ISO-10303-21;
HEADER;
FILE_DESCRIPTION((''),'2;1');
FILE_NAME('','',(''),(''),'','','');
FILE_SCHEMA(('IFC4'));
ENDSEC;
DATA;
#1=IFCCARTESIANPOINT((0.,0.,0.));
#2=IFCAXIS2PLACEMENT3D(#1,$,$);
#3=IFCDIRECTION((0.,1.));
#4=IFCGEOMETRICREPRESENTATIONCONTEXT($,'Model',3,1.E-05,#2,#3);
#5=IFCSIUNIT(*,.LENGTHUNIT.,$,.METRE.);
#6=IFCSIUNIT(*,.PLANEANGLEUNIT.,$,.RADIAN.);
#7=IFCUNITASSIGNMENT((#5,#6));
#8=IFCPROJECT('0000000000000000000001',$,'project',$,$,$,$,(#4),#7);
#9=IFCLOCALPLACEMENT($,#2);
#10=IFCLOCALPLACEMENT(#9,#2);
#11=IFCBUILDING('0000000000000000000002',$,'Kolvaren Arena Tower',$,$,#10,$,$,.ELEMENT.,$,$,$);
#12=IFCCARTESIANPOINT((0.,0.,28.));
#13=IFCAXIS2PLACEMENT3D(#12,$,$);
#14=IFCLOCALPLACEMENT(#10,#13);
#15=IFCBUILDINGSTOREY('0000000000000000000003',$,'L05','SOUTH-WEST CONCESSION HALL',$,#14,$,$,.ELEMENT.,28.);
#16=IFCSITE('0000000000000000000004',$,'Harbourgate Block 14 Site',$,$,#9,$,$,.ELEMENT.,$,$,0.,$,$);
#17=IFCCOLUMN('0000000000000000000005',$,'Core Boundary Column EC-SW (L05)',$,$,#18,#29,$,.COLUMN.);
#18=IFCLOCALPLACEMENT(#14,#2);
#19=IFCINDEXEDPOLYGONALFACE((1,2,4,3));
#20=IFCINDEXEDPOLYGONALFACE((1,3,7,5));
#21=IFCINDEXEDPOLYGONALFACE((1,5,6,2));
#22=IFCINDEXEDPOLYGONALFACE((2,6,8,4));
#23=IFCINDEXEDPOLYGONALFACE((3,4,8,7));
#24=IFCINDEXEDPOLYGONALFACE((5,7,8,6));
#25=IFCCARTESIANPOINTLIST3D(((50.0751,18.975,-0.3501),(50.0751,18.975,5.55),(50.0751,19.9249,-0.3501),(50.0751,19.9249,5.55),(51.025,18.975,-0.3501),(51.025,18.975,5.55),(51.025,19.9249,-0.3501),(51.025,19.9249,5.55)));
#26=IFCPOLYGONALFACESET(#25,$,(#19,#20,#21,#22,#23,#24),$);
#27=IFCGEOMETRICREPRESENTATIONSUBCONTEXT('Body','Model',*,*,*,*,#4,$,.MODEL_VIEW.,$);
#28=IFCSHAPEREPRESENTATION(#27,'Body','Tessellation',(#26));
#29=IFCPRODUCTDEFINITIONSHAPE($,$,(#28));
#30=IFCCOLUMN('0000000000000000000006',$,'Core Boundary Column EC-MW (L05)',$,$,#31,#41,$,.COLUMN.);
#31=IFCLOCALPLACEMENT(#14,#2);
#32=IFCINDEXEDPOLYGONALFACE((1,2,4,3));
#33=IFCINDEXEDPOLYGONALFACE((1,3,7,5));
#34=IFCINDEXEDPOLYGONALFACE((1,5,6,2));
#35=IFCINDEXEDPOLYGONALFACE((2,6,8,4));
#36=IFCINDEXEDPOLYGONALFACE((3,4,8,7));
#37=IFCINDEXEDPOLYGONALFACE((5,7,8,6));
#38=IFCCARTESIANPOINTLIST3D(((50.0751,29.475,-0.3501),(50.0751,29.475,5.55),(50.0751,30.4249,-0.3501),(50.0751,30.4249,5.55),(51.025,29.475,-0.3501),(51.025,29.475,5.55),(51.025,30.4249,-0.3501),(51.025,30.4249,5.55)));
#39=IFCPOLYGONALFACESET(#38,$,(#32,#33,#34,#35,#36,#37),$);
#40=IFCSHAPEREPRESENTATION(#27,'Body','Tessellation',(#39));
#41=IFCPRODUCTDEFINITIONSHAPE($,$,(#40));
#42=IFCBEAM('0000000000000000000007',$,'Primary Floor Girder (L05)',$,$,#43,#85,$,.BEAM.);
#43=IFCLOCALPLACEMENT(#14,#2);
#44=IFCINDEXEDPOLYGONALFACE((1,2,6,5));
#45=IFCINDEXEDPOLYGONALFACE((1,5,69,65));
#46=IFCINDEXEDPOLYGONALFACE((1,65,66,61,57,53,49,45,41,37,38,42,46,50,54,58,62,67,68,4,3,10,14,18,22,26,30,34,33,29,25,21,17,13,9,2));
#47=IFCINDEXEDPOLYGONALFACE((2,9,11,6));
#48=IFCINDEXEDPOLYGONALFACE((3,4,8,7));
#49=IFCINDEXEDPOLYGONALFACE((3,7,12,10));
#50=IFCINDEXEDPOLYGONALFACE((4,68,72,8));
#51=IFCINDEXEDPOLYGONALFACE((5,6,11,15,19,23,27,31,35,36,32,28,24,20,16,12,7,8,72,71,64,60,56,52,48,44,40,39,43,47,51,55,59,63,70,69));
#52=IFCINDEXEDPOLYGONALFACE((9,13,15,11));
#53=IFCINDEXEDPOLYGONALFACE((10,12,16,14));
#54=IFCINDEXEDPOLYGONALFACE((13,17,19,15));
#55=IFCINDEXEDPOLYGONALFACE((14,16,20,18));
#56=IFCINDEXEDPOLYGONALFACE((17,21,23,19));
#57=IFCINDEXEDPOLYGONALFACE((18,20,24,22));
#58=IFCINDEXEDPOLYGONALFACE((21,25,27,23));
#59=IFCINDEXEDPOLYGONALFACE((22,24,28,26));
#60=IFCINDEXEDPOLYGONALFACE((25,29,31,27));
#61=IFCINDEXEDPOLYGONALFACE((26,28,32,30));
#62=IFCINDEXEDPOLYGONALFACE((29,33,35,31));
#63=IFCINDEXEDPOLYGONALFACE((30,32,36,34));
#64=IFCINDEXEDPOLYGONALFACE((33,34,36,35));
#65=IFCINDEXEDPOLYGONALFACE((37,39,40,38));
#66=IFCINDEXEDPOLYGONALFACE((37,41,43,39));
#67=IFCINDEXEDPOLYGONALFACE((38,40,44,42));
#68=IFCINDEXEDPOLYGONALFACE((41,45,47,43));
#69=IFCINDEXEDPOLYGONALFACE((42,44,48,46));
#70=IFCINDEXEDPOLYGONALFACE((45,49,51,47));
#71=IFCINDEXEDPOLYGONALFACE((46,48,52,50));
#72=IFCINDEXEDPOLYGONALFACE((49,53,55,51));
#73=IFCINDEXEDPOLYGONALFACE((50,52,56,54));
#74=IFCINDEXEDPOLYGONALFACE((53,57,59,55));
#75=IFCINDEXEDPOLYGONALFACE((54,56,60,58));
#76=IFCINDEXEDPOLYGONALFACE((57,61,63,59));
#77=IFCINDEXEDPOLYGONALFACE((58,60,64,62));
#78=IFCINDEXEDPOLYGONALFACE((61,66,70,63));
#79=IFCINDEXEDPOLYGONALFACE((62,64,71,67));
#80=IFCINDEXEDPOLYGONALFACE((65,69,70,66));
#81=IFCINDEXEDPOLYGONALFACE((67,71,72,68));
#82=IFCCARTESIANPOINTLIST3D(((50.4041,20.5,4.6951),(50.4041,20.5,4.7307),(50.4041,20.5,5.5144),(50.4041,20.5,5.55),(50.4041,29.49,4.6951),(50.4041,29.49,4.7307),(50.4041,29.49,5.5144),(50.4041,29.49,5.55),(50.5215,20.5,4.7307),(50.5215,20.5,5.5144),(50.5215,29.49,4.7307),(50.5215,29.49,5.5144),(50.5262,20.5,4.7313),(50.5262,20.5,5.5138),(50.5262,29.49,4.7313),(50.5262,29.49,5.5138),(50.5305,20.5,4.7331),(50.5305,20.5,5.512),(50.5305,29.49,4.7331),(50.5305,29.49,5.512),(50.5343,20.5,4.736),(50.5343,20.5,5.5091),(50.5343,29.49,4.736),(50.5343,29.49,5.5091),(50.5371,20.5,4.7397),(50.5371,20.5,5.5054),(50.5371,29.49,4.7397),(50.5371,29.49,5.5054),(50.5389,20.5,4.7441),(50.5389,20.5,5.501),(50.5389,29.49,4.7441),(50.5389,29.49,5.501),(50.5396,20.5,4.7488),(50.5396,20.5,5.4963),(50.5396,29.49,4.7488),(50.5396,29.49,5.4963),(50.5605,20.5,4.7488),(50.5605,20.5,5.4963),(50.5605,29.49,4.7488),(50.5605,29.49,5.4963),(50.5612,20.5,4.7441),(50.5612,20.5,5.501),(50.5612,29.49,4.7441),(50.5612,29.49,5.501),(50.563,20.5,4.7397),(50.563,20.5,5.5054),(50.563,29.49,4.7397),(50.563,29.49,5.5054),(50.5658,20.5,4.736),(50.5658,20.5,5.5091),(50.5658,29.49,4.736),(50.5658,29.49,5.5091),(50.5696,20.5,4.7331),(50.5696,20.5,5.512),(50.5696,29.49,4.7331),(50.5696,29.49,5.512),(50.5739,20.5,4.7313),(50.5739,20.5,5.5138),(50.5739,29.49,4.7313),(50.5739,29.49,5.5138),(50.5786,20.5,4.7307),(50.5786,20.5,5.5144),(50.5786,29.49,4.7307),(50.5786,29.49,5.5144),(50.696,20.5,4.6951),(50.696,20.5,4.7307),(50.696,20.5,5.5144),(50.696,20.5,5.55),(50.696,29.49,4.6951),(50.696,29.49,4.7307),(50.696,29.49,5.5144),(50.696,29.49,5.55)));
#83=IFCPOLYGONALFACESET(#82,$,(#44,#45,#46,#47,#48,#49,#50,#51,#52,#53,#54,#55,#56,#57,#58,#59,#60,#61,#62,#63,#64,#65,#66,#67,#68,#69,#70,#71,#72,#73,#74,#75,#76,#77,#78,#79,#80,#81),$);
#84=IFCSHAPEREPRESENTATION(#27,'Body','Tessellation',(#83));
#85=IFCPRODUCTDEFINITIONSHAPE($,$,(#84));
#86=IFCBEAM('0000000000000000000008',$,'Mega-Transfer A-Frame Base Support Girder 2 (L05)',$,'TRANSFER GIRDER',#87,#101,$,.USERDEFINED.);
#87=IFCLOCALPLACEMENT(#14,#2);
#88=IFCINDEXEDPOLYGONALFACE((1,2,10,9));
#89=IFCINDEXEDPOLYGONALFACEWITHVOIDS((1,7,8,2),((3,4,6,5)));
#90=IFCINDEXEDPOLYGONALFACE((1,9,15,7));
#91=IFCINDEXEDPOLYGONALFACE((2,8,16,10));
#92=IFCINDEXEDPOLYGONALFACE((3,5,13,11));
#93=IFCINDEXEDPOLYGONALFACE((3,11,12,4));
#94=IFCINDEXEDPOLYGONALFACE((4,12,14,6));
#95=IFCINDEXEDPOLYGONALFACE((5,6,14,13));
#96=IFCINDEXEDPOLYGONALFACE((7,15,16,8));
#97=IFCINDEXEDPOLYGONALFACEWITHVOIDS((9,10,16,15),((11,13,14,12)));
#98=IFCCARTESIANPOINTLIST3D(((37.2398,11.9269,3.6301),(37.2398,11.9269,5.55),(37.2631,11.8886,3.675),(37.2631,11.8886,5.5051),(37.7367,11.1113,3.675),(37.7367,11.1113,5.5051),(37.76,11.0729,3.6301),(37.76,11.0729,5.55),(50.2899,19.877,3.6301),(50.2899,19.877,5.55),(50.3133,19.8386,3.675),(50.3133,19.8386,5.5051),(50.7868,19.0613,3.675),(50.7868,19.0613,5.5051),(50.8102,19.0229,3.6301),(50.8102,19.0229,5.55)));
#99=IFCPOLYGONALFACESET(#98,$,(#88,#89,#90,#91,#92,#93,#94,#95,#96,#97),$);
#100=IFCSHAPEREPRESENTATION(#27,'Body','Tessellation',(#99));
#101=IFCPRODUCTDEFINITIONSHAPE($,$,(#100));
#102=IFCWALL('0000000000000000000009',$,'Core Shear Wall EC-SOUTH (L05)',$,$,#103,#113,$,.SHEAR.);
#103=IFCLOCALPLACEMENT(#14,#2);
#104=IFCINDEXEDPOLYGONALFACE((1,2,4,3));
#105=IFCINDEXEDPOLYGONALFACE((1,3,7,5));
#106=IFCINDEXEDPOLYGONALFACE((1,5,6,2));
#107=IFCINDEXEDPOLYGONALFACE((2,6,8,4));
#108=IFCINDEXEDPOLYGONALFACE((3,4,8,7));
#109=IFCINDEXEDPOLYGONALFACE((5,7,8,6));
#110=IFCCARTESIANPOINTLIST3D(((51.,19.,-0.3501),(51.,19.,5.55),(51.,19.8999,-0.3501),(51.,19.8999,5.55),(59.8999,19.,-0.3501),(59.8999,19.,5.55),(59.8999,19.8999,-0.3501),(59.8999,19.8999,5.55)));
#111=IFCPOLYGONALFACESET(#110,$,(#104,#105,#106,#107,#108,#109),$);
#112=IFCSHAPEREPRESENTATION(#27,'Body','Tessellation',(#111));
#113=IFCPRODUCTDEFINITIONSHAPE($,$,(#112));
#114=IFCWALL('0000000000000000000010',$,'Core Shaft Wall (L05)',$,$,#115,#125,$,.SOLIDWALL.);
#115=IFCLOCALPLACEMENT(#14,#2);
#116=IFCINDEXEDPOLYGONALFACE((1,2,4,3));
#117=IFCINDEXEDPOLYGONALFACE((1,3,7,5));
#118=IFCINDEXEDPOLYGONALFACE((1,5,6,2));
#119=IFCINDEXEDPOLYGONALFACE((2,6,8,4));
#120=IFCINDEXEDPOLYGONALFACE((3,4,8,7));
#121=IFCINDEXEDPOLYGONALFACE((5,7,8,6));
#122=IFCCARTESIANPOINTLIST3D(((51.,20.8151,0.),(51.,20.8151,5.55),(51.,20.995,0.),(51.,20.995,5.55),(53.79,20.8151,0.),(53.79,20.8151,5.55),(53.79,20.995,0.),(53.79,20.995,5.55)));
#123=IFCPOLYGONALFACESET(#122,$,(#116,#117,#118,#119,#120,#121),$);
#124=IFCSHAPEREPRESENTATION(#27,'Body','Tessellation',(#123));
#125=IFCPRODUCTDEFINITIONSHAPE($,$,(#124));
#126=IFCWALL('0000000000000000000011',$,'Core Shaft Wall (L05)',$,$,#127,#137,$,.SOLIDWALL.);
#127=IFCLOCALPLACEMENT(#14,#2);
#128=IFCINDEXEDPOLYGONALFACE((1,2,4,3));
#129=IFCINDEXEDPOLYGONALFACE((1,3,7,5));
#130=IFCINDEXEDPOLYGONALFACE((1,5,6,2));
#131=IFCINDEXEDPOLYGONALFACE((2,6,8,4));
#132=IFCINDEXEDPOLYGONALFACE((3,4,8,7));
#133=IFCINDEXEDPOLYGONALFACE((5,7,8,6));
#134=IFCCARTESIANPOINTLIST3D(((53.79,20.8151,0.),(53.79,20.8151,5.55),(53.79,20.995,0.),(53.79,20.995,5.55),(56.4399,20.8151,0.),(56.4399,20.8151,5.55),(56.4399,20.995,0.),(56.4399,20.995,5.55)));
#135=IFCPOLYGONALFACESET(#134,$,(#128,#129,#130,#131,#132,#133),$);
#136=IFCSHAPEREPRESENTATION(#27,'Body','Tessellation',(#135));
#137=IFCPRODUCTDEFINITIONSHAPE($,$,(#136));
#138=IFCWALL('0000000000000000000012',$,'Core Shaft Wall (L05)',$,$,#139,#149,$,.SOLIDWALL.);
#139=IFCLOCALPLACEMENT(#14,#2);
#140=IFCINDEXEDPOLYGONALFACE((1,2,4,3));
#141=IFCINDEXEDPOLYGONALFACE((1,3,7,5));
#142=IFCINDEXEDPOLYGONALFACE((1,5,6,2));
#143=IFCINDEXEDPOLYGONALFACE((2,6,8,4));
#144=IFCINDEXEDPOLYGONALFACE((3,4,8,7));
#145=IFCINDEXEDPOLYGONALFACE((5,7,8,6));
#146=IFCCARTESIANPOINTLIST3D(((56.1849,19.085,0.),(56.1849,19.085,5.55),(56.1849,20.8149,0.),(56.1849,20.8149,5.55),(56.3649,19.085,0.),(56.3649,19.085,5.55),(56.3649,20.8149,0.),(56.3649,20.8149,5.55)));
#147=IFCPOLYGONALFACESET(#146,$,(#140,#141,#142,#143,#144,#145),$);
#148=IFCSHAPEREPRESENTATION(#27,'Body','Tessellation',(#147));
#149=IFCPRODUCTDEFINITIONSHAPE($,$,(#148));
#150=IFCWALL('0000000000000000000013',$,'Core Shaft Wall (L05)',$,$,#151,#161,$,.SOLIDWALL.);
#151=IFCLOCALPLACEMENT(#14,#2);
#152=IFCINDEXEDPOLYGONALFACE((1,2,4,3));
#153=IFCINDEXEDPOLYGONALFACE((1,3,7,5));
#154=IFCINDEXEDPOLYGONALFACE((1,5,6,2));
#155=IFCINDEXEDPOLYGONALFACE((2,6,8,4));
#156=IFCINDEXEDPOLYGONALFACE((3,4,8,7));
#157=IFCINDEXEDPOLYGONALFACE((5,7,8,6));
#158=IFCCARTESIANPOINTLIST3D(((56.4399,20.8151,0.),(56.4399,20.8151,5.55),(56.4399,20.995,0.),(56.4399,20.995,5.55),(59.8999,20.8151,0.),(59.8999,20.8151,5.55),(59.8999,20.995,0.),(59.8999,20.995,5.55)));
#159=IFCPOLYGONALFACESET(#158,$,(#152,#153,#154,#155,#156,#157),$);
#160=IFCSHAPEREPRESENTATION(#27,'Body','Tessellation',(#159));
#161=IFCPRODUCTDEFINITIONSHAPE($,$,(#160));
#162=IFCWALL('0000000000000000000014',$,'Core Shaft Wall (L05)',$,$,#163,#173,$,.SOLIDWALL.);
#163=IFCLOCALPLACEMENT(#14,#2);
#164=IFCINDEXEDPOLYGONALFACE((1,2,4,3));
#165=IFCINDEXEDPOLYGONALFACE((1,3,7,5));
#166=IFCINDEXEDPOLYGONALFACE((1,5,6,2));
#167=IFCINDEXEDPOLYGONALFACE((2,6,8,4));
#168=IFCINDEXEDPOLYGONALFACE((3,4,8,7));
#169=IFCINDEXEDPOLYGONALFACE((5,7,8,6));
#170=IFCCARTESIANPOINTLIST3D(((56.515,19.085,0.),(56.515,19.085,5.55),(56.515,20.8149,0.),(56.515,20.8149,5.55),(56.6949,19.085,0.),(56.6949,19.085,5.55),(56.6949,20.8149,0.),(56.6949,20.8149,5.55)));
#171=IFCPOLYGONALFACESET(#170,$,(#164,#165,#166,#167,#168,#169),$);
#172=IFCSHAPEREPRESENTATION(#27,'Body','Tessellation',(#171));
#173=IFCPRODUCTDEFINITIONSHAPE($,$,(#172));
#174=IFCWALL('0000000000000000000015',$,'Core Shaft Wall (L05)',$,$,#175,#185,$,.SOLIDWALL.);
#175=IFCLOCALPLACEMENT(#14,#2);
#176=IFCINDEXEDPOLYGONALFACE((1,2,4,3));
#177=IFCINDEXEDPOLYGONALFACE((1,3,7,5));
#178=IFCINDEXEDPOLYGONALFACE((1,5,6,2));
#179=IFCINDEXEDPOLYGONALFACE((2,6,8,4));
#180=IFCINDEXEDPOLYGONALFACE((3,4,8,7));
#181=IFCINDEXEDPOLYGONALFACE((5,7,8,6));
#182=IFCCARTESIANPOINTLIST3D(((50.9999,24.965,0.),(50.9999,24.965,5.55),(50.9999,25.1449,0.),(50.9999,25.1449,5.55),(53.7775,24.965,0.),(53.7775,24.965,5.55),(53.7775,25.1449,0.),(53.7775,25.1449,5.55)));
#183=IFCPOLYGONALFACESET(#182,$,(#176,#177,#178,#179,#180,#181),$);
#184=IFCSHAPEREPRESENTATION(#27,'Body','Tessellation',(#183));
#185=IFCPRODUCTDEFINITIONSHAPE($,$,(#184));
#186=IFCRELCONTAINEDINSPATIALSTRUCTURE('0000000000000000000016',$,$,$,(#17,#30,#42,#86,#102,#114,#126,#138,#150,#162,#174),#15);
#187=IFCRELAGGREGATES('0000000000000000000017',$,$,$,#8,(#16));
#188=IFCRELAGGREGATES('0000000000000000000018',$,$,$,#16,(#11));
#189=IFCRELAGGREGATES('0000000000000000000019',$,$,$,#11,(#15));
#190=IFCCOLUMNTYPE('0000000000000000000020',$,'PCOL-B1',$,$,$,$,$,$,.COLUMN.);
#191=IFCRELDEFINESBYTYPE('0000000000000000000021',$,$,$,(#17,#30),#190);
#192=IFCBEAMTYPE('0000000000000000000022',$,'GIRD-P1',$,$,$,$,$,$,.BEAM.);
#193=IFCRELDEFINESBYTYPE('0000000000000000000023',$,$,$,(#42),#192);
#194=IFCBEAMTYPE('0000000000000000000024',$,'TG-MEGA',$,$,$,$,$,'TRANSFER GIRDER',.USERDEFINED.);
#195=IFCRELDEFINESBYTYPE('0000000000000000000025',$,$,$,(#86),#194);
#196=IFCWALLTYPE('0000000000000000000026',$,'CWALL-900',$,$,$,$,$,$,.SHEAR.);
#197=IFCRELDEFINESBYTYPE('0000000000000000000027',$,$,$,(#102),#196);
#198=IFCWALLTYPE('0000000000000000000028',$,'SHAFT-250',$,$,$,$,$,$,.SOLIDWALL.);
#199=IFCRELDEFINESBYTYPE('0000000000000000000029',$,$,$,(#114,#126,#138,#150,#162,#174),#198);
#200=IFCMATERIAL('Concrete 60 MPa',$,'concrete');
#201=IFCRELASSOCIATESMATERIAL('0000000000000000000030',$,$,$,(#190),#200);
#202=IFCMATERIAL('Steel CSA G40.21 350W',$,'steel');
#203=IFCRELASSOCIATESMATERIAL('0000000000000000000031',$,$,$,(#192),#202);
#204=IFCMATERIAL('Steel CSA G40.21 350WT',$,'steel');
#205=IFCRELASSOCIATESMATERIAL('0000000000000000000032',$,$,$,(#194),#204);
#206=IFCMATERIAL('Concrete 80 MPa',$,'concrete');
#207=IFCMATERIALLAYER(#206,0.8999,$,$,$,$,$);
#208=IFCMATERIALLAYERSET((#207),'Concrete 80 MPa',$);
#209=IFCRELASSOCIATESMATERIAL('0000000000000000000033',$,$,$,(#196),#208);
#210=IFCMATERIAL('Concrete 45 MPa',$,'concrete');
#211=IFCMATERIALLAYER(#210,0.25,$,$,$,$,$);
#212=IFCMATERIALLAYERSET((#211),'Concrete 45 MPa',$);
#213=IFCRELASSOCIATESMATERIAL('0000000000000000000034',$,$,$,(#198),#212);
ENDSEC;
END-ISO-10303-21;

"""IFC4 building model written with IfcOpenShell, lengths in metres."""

from ifc_helpers import new_model, si_unit, direction, frame, frame_2d, origin, origin_2d, place, context, subcontext, project, spatial, rectangle, hollow_rectangle, i_section, extrude, material, layer, layer_set, material_profile, profile_set, type_object, element, save


model = new_model("IFC4")

# Units and contexts
model_context = context("Model", 3, precision=1e-05, world=origin(), true_north=direction((0.0, 1.0)))
body_context = subcontext(model_context, "Body", "Model", "MODEL_VIEW")
ifc_project = project(units=[si_unit("LENGTHUNIT", "METRE"), si_unit("PLANEANGLEUNIT", "RADIAN")], contexts=[model_context])

# Site, building, storey
site_placement = place(None, origin())
site = spatial("IfcSite", under=ifc_project, at=site_placement, Name="Harbourgate Block 14 Site", CompositionType="ELEMENT", RefElevation=0.0)
building_placement = place(site_placement, origin())
building = spatial("IfcBuilding", under=site, at=building_placement, Name="Kolvaren Arena Tower", CompositionType="ELEMENT")
storey_placement = place(building_placement, frame((0.0, 0.0, 28.0)))
storey = spatial("IfcBuildingStorey", under=building, at=storey_placement, Name="L05", Description="SOUTH-WEST CONCESSION HALL", CompositionType="ELEMENT", Elevation=28.0)

# Columns
ifc_material_1 = material(Name="Concrete 60 MPa", Category="concrete")
ifc_material_profile_1 = material_profile(ifc_material_1, rectangle(XDim=0.95, YDim=0.95, at=origin_2d()), Name="RC-950x950")
ifc_profile_set_1 = profile_set([ifc_material_profile_1], Name="Concrete 60 MPa")
column_type = type_object("IfcColumnType", Name="PCOL-B1", PredefinedType="COLUMN", material=ifc_profile_set_1)
for number, where, z_axis, x_axis, name in (
    (1, (50.55, 19.45, -0.3501), (0.0, 0.0, 1.0), (1.0, 0.0, 0.0), "Core Boundary Column EC-SW (L05)"),
    (2, (50.55, 29.95, -0.3501), (0.0, 0.0, 1.0), (1.0, 0.0, 0.0), "Core Boundary Column EC-MW (L05)"),
):
    element("IfcColumn", number, at=place(storey_placement, frame(where, z_axis=z_axis, x_axis=x_axis)), inside=storey, type_object=column_type, Name=name, PredefinedType="COLUMN", context=body_context, shape_type="SweptSolid", body=[
        extrude(rectangle(XDim=0.95, YDim=0.95, at=origin_2d()), origin(), (0.0, 0.0, 1.0), 5.9001),
    ])

# Beams
ifc_material_2 = material(Name="Steel CSA G40.21 350W", Category="steel")
ifc_material_profile_2 = material_profile(ifc_material_2, i_section(OverallWidth=0.292, OverallDepth=0.855, WebThickness=0.021, FlangeThickness=0.0356, FilletRadius=0.0181, at=origin_2d()), Name="W840x299")
ifc_profile_set_2 = profile_set([ifc_material_profile_2], Name="Steel CSA G40.21 350W")
beam_type_1 = type_object("IfcBeamType", Name="GIRD-P1", PredefinedType="BEAM", material=ifc_profile_set_2)
beam_1_placement = place(storey_placement, frame((50.55, 20.5, 5.1226), z_axis=(0.0, 1.0, 0.0), x_axis=(-1.0, 0.0, 0.0)))
element("IfcBeam", 3, at=beam_1_placement, inside=storey, type_object=beam_type_1, Name="Primary Floor Girder (L05)", PredefinedType="BEAM", context=body_context, shape_type="SweptSolid", body=[
    extrude(i_section(OverallWidth=0.292, OverallDepth=0.855, WebThickness=0.021, FlangeThickness=0.0356, FilletRadius=0.0181, at=origin_2d()), origin(), (0.0, 0.0, 1.0), 8.99),
])
ifc_material_3 = material(Name="Steel CSA G40.21 350WT", Category="steel")
ifc_material_profile_3 = material_profile(ifc_material_3, hollow_rectangle(XDim=1.0, YDim=1.9199, WallThickness=0.0449, at=origin_2d()), Name="BOX 1000x1920x45")
ifc_profile_set_3 = profile_set([ifc_material_profile_3], Name="Steel CSA G40.21 350WT")
beam_type_2 = type_object("IfcBeamType", Name="TG-MEGA", ElementType="TRANSFER GIRDER", PredefinedType="USERDEFINED", material=ifc_profile_set_3)
beam_2_placement = place(storey_placement, frame((50.55, 19.45, 4.5901), z_axis=(-0.854011, -0.520255, 0.0), x_axis=(0.520255, -0.854011, 0.0)))
element("IfcBeam", 4, at=beam_2_placement, inside=storey, type_object=beam_type_2, Name="Mega-Transfer A-Frame Base Support Girder 2 (L05)", ObjectType="TRANSFER GIRDER", PredefinedType="USERDEFINED", context=body_context, shape_type="SweptSolid", body=[
    extrude(hollow_rectangle(XDim=1.0, YDim=1.9199, WallThickness=0.0449, at=origin_2d()), origin(), (0.0, 0.0, 1.0), 15.281),
])

# Walls
ifc_material_4 = material(Name="Concrete 80 MPa", Category="concrete")
ifc_layer_1 = layer(ifc_material_4, 0.8999)
ifc_layer_set_1 = layer_set([ifc_layer_1], Name="Concrete 80 MPa")
wall_type_1 = type_object("IfcWallType", Name="CWALL-900", PredefinedType="SHEAR", material=ifc_layer_set_1)
wall_1_placement = place(storey_placement, frame((51.0, 19.45, -0.3501), z_axis=(0.0, 0.0, 1.0), x_axis=(1.0, 0.0, 0.0)))
element("IfcWall", 5, at=wall_1_placement, inside=storey, type_object=wall_type_1, Name="Core Shear Wall EC-SOUTH (L05)", PredefinedType="SHEAR", context=body_context, shape_type="SweptSolid", body=[
    extrude(rectangle(XDim=8.8999, YDim=0.8999, at=frame_2d((4.45, 0.0))), origin(), (0.0, 0.0, 1.0), 5.9001),
])
ifc_material_5 = material(Name="Concrete 45 MPa", Category="concrete")
ifc_layer_2 = layer(ifc_material_5, 0.25)
ifc_layer_set_2 = layer_set([ifc_layer_2], Name="Concrete 45 MPa")
wall_type_2 = type_object("IfcWallType", Name="SHAFT-250", PredefinedType="SOLIDWALL", material=ifc_layer_set_2)
wall_2_placement = place(storey_placement, frame((51.0, 20.905, 0.0), z_axis=(0.0, 0.0, 1.0), x_axis=(1.0, 0.0, 0.0)))
element("IfcWall", 6, at=wall_2_placement, inside=storey, type_object=wall_type_2, Name="Core Shaft Wall (L05)", PredefinedType="SOLIDWALL", context=body_context, shape_type="SweptSolid", body=[
    extrude(rectangle(XDim=2.79, YDim=0.1799, at=frame_2d((1.395, 0.0))), origin(), (0.0, 0.0, 1.0), 5.55),
])
wall_3_placement = place(storey_placement, frame((53.79, 20.905, 0.0), z_axis=(0.0, 0.0, 1.0), x_axis=(1.0, 0.0, 0.0)))
element("IfcWall", 7, at=wall_3_placement, inside=storey, type_object=wall_type_2, Name="Core Shaft Wall (L05)", PredefinedType="SOLIDWALL", context=body_context, shape_type="SweptSolid", body=[
    extrude(rectangle(XDim=2.6499, YDim=0.1799, at=frame_2d((1.325, 0.0))), origin(), (0.0, 0.0, 1.0), 5.55),
])
wall_4_placement = place(storey_placement, frame((56.2749, 19.085, 0.0), z_axis=(0.0, 0.0, 1.0), x_axis=(0.0, 1.0, 0.0)))
element("IfcWall", 8, at=wall_4_placement, inside=storey, type_object=wall_type_2, Name="Core Shaft Wall (L05)", PredefinedType="SOLIDWALL", context=body_context, shape_type="SweptSolid", body=[
    extrude(rectangle(XDim=1.73, YDim=0.1799, at=frame_2d((0.865, 0.0))), origin(), (0.0, 0.0, 1.0), 5.55),
])
wall_5_placement = place(storey_placement, frame((56.4399, 20.905, 0.0), z_axis=(0.0, 0.0, 1.0), x_axis=(1.0, 0.0, 0.0)))
element("IfcWall", 9, at=wall_5_placement, inside=storey, type_object=wall_type_2, Name="Core Shaft Wall (L05)", PredefinedType="SOLIDWALL", context=body_context, shape_type="SweptSolid", body=[
    extrude(rectangle(XDim=3.46, YDim=0.1799, at=frame_2d((1.73, 0.0))), origin(), (0.0, 0.0, 1.0), 5.55),
])
wall_6_placement = place(storey_placement, frame((56.605, 19.085, 0.0), z_axis=(0.0, 0.0, 1.0), x_axis=(0.0, 1.0, 0.0)))
element("IfcWall", 10, at=wall_6_placement, inside=storey, type_object=wall_type_2, Name="Core Shaft Wall (L05)", PredefinedType="SOLIDWALL", context=body_context, shape_type="SweptSolid", body=[
    extrude(rectangle(XDim=1.73, YDim=0.1799, at=frame_2d((0.865, 0.0))), origin(), (0.0, 0.0, 1.0), 5.55),
])
for number, where, z_axis, x_axis, name in (
    (11, (51.0, 25.0549, 0.0), (0.0, 0.0, 1.0), (1.0, 0.0, 0.0), "Core Shaft Wall (L05)"),
):
    element("IfcWall", number, at=place(storey_placement, frame(where, z_axis=z_axis, x_axis=x_axis)), inside=storey, type_object=wall_type_2, Name=name, PredefinedType="SOLIDWALL", context=body_context, shape_type="SweptSolid", body=[
        extrude(rectangle(XDim=2.7776, YDim=0.1799, at=frame_2d((1.3887, 0.0))), origin(), (0.0, 0.0, 1.0), 5.55),
    ])

save(model, "model.ifc")
